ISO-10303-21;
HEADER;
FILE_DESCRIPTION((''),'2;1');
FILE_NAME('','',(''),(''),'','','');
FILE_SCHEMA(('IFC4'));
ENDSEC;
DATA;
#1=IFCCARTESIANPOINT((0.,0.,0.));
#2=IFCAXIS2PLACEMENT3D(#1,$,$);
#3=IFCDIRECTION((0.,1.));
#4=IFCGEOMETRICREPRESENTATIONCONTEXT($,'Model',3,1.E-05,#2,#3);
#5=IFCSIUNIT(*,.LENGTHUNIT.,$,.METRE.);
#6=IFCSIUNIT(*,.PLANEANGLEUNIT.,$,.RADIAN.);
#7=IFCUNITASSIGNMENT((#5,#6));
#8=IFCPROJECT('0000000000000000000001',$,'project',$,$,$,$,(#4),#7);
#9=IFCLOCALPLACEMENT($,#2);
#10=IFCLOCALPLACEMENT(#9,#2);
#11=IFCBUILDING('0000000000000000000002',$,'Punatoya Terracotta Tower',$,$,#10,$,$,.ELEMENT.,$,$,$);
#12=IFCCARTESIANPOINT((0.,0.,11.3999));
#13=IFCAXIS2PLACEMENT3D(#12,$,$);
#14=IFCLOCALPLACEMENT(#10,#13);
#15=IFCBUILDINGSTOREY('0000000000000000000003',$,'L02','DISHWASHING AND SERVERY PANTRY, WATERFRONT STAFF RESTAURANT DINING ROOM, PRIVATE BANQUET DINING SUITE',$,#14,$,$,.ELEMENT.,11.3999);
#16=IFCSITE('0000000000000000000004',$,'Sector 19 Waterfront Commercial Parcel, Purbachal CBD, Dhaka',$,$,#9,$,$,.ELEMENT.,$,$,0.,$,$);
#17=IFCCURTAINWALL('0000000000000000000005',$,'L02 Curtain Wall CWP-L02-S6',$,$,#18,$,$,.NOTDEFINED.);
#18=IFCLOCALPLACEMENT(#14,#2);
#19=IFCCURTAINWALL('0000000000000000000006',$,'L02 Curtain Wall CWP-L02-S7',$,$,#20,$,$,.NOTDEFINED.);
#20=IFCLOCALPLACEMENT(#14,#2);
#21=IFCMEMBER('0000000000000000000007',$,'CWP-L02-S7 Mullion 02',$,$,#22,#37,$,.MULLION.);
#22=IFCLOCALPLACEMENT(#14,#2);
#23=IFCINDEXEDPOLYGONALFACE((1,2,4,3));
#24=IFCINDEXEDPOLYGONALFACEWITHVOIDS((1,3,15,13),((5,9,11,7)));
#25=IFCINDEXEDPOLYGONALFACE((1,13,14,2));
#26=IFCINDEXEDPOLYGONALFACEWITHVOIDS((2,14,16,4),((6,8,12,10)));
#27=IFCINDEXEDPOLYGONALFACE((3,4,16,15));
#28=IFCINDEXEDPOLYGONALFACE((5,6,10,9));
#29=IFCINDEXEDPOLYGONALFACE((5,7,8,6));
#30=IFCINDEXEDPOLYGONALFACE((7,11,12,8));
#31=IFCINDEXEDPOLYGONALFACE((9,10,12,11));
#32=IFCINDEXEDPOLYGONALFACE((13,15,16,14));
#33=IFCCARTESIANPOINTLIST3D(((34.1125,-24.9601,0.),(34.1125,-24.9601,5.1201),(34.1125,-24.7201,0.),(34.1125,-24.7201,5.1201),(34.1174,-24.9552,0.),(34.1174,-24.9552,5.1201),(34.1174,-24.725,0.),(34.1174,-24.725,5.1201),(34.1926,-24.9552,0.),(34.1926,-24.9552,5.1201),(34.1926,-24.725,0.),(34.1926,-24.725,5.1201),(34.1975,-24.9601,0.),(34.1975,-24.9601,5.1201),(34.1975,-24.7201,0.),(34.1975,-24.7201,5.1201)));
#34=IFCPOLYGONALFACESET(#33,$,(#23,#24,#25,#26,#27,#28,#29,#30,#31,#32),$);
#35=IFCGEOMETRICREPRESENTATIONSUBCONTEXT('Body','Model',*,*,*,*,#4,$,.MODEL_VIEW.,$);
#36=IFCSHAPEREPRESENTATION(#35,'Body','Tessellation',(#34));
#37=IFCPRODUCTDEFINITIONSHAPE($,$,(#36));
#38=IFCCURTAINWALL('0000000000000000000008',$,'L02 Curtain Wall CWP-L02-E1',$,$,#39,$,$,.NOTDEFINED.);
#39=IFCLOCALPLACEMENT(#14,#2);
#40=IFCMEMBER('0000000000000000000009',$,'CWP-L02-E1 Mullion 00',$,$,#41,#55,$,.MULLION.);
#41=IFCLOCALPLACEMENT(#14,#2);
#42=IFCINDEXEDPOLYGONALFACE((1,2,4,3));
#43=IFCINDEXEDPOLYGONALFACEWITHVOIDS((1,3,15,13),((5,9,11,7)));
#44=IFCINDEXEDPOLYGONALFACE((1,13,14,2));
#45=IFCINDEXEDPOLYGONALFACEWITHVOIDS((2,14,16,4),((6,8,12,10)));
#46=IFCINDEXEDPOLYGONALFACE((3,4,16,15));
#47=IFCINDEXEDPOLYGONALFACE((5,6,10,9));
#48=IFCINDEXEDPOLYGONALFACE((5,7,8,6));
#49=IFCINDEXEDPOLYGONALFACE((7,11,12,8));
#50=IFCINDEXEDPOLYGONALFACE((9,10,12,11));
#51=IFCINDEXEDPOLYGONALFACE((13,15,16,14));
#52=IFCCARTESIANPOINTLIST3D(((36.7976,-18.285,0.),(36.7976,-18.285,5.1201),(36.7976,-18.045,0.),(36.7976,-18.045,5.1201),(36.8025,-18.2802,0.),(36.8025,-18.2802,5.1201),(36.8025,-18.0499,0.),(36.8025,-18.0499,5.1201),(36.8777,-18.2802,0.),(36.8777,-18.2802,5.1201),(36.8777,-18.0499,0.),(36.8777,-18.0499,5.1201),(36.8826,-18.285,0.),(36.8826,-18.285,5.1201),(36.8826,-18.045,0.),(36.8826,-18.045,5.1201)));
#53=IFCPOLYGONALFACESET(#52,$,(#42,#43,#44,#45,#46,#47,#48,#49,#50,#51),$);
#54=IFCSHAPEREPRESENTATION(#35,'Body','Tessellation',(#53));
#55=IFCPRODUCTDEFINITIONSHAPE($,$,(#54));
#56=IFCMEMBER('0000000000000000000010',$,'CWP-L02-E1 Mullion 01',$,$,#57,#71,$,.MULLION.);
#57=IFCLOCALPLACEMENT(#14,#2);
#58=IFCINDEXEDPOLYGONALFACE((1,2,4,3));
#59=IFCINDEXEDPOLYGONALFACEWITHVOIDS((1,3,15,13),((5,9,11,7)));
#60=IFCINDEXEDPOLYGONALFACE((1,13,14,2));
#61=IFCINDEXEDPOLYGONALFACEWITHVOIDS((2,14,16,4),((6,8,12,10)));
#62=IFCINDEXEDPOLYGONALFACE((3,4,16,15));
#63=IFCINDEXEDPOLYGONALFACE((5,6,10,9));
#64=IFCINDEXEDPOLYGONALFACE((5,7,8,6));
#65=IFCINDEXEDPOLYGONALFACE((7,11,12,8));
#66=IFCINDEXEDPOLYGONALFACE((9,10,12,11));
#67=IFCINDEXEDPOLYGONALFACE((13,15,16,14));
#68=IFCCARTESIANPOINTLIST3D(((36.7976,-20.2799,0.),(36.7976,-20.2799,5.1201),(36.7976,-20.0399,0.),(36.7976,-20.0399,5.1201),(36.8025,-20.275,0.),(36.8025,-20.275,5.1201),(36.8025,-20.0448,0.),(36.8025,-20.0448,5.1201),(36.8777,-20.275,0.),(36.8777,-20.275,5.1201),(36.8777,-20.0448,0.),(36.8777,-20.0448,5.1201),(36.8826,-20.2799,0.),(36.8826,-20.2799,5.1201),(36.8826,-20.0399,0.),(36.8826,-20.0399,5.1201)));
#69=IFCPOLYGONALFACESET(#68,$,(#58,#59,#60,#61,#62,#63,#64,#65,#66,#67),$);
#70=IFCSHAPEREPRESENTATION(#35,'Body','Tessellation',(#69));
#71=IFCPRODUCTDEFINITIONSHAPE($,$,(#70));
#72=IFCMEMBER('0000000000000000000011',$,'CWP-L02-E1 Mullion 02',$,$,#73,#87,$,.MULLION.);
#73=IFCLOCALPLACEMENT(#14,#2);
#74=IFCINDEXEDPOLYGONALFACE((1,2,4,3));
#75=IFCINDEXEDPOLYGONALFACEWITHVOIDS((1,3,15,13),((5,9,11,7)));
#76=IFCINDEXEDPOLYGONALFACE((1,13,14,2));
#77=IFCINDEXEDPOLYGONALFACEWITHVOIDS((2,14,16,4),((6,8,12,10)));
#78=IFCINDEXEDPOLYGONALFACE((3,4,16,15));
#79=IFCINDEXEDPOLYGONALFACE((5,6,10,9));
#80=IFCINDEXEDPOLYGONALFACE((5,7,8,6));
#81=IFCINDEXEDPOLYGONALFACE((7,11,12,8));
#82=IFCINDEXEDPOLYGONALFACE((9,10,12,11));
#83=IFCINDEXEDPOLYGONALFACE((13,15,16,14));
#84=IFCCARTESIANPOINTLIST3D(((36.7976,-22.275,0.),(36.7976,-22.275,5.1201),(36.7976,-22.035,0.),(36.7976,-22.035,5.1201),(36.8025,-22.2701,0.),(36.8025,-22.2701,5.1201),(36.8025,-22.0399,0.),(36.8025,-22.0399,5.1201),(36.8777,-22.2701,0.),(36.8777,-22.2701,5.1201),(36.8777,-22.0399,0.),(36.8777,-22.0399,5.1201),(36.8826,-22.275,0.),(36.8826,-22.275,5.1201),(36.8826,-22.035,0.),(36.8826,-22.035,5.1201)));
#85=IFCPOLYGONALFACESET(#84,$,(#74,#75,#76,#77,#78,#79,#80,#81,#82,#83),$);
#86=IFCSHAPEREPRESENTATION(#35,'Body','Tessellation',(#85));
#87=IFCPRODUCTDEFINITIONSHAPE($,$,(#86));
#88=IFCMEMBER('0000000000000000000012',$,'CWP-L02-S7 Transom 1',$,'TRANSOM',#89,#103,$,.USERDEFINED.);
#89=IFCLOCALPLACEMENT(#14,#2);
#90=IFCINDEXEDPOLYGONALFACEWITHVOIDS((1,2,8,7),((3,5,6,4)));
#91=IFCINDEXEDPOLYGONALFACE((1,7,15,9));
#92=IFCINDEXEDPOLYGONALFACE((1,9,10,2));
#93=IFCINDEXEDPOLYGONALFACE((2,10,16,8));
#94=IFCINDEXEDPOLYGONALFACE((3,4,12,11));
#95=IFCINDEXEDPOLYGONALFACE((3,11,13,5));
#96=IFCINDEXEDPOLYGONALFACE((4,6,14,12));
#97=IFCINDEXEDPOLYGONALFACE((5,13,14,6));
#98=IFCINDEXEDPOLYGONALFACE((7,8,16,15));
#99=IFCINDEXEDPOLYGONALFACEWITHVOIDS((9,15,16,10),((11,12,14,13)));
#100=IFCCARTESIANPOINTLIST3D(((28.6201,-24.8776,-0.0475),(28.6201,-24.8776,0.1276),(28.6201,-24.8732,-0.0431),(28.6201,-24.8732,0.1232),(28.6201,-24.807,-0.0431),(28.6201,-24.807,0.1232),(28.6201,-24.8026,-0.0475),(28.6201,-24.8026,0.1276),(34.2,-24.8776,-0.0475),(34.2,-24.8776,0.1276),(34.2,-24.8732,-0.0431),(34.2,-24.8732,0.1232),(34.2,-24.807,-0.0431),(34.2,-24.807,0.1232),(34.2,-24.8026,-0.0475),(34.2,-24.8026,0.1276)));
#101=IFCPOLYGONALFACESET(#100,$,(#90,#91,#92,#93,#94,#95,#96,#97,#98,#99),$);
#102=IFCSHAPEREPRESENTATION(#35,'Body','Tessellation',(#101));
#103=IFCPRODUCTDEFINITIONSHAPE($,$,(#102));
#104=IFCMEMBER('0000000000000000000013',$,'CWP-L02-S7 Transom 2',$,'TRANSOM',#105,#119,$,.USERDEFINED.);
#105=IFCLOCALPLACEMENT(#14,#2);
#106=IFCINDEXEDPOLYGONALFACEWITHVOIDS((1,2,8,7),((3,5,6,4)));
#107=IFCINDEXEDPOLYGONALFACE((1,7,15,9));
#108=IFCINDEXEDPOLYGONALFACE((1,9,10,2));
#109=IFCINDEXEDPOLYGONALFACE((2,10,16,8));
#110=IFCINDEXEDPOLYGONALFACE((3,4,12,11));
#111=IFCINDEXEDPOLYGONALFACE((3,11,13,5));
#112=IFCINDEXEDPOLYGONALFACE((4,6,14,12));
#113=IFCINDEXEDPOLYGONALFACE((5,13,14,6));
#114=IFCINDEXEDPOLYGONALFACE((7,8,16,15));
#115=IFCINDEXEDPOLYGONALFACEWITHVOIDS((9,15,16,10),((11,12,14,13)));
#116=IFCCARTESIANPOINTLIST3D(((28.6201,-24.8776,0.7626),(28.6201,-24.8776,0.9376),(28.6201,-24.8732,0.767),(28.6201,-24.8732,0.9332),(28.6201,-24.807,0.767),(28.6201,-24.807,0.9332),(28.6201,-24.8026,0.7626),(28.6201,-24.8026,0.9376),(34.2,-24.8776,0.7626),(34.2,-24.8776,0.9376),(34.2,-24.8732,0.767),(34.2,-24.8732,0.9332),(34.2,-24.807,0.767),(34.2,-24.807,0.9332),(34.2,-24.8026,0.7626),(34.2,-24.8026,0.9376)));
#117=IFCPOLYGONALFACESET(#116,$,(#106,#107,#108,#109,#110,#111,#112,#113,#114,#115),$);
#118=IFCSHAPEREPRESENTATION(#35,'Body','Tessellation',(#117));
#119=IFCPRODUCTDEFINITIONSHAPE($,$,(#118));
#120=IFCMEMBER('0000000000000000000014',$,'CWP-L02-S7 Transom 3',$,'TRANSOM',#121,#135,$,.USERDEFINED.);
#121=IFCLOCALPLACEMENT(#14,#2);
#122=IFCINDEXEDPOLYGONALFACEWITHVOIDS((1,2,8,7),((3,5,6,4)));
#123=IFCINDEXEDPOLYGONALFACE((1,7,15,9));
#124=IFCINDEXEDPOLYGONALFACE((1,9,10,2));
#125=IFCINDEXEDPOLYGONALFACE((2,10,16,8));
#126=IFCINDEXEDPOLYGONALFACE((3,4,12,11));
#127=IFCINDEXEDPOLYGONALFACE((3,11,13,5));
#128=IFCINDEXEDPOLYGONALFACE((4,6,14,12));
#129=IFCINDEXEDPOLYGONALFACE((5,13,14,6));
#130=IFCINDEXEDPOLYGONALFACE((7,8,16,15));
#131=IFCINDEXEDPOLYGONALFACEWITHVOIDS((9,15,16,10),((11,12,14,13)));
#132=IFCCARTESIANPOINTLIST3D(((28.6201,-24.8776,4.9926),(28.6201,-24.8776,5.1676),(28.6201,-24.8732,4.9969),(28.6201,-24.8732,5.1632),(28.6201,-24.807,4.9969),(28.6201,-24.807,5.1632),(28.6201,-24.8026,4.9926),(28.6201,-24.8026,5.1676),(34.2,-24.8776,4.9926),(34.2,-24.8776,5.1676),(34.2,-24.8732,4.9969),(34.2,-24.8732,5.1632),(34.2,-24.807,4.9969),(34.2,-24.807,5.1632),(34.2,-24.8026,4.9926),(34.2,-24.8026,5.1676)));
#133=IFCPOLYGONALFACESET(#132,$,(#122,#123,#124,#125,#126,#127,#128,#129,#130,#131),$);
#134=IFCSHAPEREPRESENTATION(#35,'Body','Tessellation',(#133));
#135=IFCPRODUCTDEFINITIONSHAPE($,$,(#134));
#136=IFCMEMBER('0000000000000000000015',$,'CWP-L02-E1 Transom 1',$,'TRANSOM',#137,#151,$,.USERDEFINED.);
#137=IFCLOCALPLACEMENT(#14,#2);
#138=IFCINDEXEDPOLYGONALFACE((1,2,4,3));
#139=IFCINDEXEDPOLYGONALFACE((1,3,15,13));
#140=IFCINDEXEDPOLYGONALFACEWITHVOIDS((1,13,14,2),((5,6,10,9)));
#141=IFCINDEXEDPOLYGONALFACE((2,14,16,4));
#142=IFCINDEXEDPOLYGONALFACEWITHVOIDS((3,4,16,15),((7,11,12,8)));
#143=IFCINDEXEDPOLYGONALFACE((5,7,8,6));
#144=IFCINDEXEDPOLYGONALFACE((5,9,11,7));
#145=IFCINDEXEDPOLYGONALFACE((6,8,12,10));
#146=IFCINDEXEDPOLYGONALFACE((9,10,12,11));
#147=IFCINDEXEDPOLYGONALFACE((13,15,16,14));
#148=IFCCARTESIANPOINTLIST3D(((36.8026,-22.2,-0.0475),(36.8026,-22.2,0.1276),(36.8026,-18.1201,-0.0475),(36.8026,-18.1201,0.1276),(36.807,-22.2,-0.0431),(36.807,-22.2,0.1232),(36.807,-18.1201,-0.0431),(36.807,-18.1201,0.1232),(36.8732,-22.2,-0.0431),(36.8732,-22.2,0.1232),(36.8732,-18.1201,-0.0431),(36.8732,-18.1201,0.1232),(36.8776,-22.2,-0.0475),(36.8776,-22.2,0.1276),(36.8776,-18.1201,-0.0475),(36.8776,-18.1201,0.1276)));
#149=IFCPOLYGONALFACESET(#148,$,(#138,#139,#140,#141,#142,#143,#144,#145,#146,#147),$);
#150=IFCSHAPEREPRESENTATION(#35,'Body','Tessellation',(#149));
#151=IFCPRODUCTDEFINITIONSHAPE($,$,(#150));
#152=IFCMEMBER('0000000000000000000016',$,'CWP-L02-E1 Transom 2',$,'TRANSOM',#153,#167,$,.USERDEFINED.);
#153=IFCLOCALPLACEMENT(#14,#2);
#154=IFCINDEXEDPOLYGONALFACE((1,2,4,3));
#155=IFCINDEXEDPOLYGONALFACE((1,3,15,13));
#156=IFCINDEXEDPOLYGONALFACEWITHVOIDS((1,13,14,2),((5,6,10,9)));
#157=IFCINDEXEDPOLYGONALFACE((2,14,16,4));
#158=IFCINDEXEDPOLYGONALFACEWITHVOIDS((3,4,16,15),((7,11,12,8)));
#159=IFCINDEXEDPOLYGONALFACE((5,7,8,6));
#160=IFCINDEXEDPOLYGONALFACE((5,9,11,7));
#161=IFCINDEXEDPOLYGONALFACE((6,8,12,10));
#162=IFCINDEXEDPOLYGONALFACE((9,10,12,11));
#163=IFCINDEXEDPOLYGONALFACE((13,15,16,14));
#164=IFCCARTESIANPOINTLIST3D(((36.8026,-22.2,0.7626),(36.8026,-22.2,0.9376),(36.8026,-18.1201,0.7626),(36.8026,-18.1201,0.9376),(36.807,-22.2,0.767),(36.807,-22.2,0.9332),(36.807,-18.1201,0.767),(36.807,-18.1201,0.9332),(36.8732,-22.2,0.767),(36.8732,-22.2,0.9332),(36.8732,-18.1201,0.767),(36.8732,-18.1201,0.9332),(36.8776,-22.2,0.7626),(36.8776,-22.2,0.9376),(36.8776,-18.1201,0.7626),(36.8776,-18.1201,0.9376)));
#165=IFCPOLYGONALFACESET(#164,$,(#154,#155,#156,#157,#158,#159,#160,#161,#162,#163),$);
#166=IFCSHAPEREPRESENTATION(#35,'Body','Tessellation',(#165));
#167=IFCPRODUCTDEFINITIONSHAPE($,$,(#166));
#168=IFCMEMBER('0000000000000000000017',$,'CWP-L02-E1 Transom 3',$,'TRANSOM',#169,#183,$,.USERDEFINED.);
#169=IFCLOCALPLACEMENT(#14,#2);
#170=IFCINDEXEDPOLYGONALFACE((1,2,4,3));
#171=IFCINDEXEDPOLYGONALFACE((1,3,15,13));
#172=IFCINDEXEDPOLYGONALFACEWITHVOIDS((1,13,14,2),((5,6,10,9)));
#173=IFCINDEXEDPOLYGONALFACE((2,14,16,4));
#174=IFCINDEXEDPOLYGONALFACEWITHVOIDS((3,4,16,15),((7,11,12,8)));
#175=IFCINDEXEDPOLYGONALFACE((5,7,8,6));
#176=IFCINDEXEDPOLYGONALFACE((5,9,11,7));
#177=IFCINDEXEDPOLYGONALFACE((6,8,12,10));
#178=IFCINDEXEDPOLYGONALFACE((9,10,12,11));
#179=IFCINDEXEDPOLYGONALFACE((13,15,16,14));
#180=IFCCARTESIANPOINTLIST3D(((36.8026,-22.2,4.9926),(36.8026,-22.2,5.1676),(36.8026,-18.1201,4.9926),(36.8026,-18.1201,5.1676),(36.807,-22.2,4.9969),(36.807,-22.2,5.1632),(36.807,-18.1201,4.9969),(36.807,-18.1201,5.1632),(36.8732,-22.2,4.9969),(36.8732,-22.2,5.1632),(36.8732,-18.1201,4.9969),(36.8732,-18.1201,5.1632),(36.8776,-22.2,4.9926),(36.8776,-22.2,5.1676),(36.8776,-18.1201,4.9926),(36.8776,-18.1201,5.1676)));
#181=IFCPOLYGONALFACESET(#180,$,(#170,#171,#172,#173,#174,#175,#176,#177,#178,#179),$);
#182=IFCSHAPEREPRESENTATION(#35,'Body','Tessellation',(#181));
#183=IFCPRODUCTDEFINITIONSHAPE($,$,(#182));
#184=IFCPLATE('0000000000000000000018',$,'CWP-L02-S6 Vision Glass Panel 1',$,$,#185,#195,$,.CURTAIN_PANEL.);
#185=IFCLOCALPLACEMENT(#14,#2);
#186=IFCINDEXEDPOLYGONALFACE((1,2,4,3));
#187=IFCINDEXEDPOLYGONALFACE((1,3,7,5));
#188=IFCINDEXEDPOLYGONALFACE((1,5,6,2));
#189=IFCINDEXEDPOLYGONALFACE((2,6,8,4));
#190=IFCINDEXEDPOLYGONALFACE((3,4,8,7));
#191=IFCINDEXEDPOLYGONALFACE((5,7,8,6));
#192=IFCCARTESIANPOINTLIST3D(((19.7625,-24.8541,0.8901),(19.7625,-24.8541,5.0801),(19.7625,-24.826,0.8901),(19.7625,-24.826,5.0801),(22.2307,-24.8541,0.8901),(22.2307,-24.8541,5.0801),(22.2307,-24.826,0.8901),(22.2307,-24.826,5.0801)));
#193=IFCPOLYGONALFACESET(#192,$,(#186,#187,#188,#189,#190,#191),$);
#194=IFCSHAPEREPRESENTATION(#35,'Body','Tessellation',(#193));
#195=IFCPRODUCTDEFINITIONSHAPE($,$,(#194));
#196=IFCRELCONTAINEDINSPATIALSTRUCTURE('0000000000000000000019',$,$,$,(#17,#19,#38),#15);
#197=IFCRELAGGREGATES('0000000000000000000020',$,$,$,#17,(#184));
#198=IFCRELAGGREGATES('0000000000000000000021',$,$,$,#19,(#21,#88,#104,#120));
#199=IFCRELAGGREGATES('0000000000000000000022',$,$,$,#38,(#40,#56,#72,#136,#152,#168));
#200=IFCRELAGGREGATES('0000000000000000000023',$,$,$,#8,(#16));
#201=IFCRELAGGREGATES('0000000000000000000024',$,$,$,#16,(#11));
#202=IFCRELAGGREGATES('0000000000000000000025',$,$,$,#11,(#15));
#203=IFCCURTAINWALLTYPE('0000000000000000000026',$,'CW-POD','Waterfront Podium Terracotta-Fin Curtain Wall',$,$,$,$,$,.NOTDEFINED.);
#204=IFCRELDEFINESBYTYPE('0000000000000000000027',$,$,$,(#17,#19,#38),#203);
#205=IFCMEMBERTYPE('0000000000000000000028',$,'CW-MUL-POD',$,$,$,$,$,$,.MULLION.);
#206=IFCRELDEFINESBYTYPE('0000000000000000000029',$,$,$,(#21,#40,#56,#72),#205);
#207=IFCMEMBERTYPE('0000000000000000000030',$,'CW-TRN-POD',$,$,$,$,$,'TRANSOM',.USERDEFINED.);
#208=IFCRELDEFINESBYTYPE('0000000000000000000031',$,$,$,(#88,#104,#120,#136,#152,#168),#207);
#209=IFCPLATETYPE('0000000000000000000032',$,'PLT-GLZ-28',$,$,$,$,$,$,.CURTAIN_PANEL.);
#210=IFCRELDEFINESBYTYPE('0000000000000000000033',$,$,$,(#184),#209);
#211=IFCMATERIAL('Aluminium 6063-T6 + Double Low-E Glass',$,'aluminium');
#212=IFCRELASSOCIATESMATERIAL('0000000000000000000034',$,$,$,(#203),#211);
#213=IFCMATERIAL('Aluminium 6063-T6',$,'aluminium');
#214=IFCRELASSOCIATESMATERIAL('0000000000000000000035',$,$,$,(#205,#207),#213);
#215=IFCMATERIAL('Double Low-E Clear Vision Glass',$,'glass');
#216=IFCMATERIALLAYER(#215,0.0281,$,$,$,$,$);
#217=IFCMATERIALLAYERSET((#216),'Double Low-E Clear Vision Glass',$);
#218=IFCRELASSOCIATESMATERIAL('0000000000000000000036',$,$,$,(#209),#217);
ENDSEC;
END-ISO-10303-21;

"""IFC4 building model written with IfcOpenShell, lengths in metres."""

from ifc_helpers import new_model, si_unit, direction, frame, origin, origin_2d, place, context, subcontext, project, spatial, rectangle, hollow_rectangle, extrude, material, layer, layer_set, material_profile, profile_set, type_object, element, aggregate, save


model = new_model("IFC4")

# Units and contexts
model_context = context("Model", 3, precision=1e-05, world=origin(), true_north=direction((0.0, 1.0)))
body_context = subcontext(model_context, "Body", "Model", "MODEL_VIEW")
ifc_project = project(units=[si_unit("LENGTHUNIT", "METRE"), si_unit("PLANEANGLEUNIT", "RADIAN")], contexts=[model_context])

# Site, building, storey
site_placement = place(None, origin())
site = spatial("IfcSite", under=ifc_project, at=site_placement, Name="Sector 19 Waterfront Commercial Parcel, Purbachal CBD, Dhaka", CompositionType="ELEMENT", RefElevation=0.0)
building_placement = place(site_placement, origin())
building = spatial("IfcBuilding", under=site, at=building_placement, Name="Punatoya Terracotta Tower", CompositionType="ELEMENT")
storey_placement = place(building_placement, frame((0.0, 0.0, 11.3999)))
storey = spatial("IfcBuildingStorey", under=building, at=storey_placement, Name="L02", Description="DISHWASHING AND SERVERY PANTRY, WATERFRONT STAFF RESTAURANT DINING ROOM, PRIVATE BANQUET DINING SUITE", CompositionType="ELEMENT", Elevation=11.3999)

# Curtain walls, members
ifc_material_1 = material(Name="Aluminium 6063-T6 + Double Low-E Glass", Category="aluminium")
curtain_wall_type = type_object("IfcCurtainWallType", Name="CW-POD", Description="Waterfront Podium Terracotta-Fin Curtain Wall", PredefinedType="NOTDEFINED", material=ifc_material_1)
curtain_wall_1_placement = place(storey_placement, origin())
curtain_wall_1 = element("IfcCurtainWall", 1, at=curtain_wall_1_placement, inside=storey, type_object=curtain_wall_type, Name="L02 Curtain Wall CWP-L02-S6", PredefinedType="NOTDEFINED")
ifc_material_2 = material(Name="Aluminium 6063-T6", Category="aluminium")
ifc_material_profile_1 = material_profile(ifc_material_2, hollow_rectangle(XDim=0.085, YDim=0.24, WallThickness=0.0049, at=origin_2d()))
ifc_profile_set_1 = profile_set([ifc_material_profile_1], Name="Aluminium 6063-T6")
member_type_1 = type_object("IfcMemberType", Name="CW-MUL-POD", PredefinedType="MULLION", material=ifc_profile_set_1)
curtain_wall_2_placement = place(storey_placement, origin())
curtain_wall_2 = element("IfcCurtainWall", 2, at=curtain_wall_2_placement, inside=storey, type_object=curtain_wall_type, Name="L02 Curtain Wall CWP-L02-S7", PredefinedType="NOTDEFINED")
member_1_placement = place(storey_placement, frame((34.155, -24.8401, 0.0), z_axis=(0.0, 0.0, 1.0), x_axis=(1.0, 0.0, 0.0)))
member_1 = element("IfcMember", 3, at=member_1_placement, type_object=member_type_1, Name="CWP-L02-S7 Mullion 02", PredefinedType="MULLION", context=body_context, shape_type="SweptSolid", body=[
    extrude(hollow_rectangle(XDim=0.085, YDim=0.24, WallThickness=0.0049, at=origin_2d()), origin(), (0.0, 0.0, 1.0), 5.1201),
])
curtain_wall_3_placement = place(storey_placement, origin())
curtain_wall_3 = element("IfcCurtainWall", 4, at=curtain_wall_3_placement, inside=storey, type_object=curtain_wall_type, Name="L02 Curtain Wall CWP-L02-E1", PredefinedType="NOTDEFINED")
member_2_placement = place(storey_placement, frame((36.8401, -18.165, 0.0), z_axis=(0.0, 0.0, 1.0), x_axis=(1.0, 0.0, 0.0)))
member_2 = element("IfcMember", 5, at=member_2_placement, type_object=member_type_1, Name="CWP-L02-E1 Mullion 00", PredefinedType="MULLION", context=body_context, shape_type="SweptSolid", body=[
    extrude(hollow_rectangle(XDim=0.085, YDim=0.24, WallThickness=0.0049, at=origin_2d()), origin(), (0.0, 0.0, 1.0), 5.1201),
])
member_3_placement = place(storey_placement, frame((36.8401, -20.1599, 0.0), z_axis=(0.0, 0.0, 1.0), x_axis=(1.0, 0.0, 0.0)))
member_3 = element("IfcMember", 6, at=member_3_placement, type_object=member_type_1, Name="CWP-L02-E1 Mullion 01", PredefinedType="MULLION", context=body_context, shape_type="SweptSolid", body=[
    extrude(hollow_rectangle(XDim=0.085, YDim=0.24, WallThickness=0.0049, at=origin_2d()), origin(), (0.0, 0.0, 1.0), 5.1201),
])
member_4_placement = place(storey_placement, frame((36.8401, -22.155, 0.0), z_axis=(0.0, 0.0, 1.0), x_axis=(1.0, 0.0, 0.0)))
member_4 = element("IfcMember", 7, at=member_4_placement, type_object=member_type_1, Name="CWP-L02-E1 Mullion 02", PredefinedType="MULLION", context=body_context, shape_type="SweptSolid", body=[
    extrude(hollow_rectangle(XDim=0.085, YDim=0.24, WallThickness=0.0049, at=origin_2d()), origin(), (0.0, 0.0, 1.0), 5.1201),
])

# Members
ifc_material_profile_2 = material_profile(ifc_material_2, hollow_rectangle(XDim=0.075, YDim=0.175, WallThickness=0.0044, at=origin_2d()))
ifc_profile_set_2 = profile_set([ifc_material_profile_2], Name="Aluminium 6063-T6")
member_type_2 = type_object("IfcMemberType", Name="CW-TRN-POD", ElementType="TRANSOM", PredefinedType="USERDEFINED", material=ifc_profile_set_2)
member_5_placement = place(storey_placement, frame((28.6201, -24.8401, 0.04), z_axis=(1.0, 0.0, 0.0), x_axis=(0.0, 1.0, 0.0)))
member_5 = element("IfcMember", 8, at=member_5_placement, type_object=member_type_2, Name="CWP-L02-S7 Transom 1", ObjectType="TRANSOM", PredefinedType="USERDEFINED", context=body_context, shape_type="SweptSolid", body=[
    extrude(hollow_rectangle(XDim=0.075, YDim=0.175, WallThickness=0.0044, at=origin_2d()), origin(), (0.0, 0.0, 1.0), 5.5798),
])
member_6_placement = place(storey_placement, frame((28.6201, -24.8401, 0.8501), z_axis=(1.0, 0.0, 0.0), x_axis=(0.0, 1.0, 0.0)))
member_6 = element("IfcMember", 9, at=member_6_placement, type_object=member_type_2, Name="CWP-L02-S7 Transom 2", ObjectType="TRANSOM", PredefinedType="USERDEFINED", context=body_context, shape_type="SweptSolid", body=[
    extrude(hollow_rectangle(XDim=0.075, YDim=0.175, WallThickness=0.0044, at=origin_2d()), origin(), (0.0, 0.0, 1.0), 5.5798),
])
member_7_placement = place(storey_placement, frame((28.6201, -24.8401, 5.0801), z_axis=(1.0, 0.0, 0.0), x_axis=(0.0, 1.0, 0.0)))
member_7 = element("IfcMember", 10, at=member_7_placement, type_object=member_type_2, Name="CWP-L02-S7 Transom 3", ObjectType="TRANSOM", PredefinedType="USERDEFINED", context=body_context, shape_type="SweptSolid", body=[
    extrude(hollow_rectangle(XDim=0.075, YDim=0.175, WallThickness=0.0044, at=origin_2d()), origin(), (0.0, 0.0, 1.0), 5.5798),
])
member_8_placement = place(storey_placement, frame((36.8401, -18.1201, 0.04), z_axis=(0.0, -1.0, 0.0), x_axis=(1.0, 0.0, 0.0)))
member_8 = element("IfcMember", 11, at=member_8_placement, type_object=member_type_2, Name="CWP-L02-E1 Transom 1", ObjectType="TRANSOM", PredefinedType="USERDEFINED", context=body_context, shape_type="SweptSolid", body=[
    extrude(hollow_rectangle(XDim=0.075, YDim=0.175, WallThickness=0.0044, at=origin_2d()), origin(), (0.0, 0.0, 1.0), 4.0798),
])
member_9_placement = place(storey_placement, frame((36.8401, -18.1201, 0.8501), z_axis=(0.0, -1.0, 0.0), x_axis=(1.0, 0.0, 0.0)))
member_9 = element("IfcMember", 12, at=member_9_placement, type_object=member_type_2, Name="CWP-L02-E1 Transom 2", ObjectType="TRANSOM", PredefinedType="USERDEFINED", context=body_context, shape_type="SweptSolid", body=[
    extrude(hollow_rectangle(XDim=0.075, YDim=0.175, WallThickness=0.0044, at=origin_2d()), origin(), (0.0, 0.0, 1.0), 4.0798),
])
member_10_placement = place(storey_placement, frame((36.8401, -18.1201, 5.0801), z_axis=(0.0, -1.0, 0.0), x_axis=(1.0, 0.0, 0.0)))
member_10 = element("IfcMember", 13, at=member_10_placement, type_object=member_type_2, Name="CWP-L02-E1 Transom 3", ObjectType="TRANSOM", PredefinedType="USERDEFINED", context=body_context, shape_type="SweptSolid", body=[
    extrude(hollow_rectangle(XDim=0.075, YDim=0.175, WallThickness=0.0044, at=origin_2d()), origin(), (0.0, 0.0, 1.0), 4.0798),
])

# Plate
ifc_material_3 = material(Name="Double Low-E Clear Vision Glass", Category="glass")
ifc_layer_1 = layer(ifc_material_3, 0.0281)
ifc_layer_set_1 = layer_set([ifc_layer_1], Name="Double Low-E Clear Vision Glass")
plate_type_1 = type_object("IfcPlateType", Name="PLT-GLZ-28", PredefinedType="CURTAIN_PANEL", material=ifc_layer_set_1)
plate_1_placement = place(storey_placement, frame((20.9966, -24.8401, 0.8901), z_axis=(0.0, 0.0, 1.0), x_axis=(1.0, 0.0, 0.0)))
plate_1 = element("IfcPlate", 14, at=plate_1_placement, type_object=plate_type_1, Name="CWP-L02-S6 Vision Glass Panel 1", PredefinedType="CURTAIN_PANEL", context=body_context, shape_type="SweptSolid", body=[
    extrude(rectangle(XDim=2.4683, YDim=0.0281, at=origin_2d()), origin(), (0.0, 0.0, 1.0), 4.1899),
])
aggregate(curtain_wall_1, [plate_1])
aggregate(curtain_wall_2, [member_1, member_5, member_6, member_7])
aggregate(curtain_wall_3, [member_2, member_3, member_4, member_8, member_9, member_10])

save(model, "model.ifc")
